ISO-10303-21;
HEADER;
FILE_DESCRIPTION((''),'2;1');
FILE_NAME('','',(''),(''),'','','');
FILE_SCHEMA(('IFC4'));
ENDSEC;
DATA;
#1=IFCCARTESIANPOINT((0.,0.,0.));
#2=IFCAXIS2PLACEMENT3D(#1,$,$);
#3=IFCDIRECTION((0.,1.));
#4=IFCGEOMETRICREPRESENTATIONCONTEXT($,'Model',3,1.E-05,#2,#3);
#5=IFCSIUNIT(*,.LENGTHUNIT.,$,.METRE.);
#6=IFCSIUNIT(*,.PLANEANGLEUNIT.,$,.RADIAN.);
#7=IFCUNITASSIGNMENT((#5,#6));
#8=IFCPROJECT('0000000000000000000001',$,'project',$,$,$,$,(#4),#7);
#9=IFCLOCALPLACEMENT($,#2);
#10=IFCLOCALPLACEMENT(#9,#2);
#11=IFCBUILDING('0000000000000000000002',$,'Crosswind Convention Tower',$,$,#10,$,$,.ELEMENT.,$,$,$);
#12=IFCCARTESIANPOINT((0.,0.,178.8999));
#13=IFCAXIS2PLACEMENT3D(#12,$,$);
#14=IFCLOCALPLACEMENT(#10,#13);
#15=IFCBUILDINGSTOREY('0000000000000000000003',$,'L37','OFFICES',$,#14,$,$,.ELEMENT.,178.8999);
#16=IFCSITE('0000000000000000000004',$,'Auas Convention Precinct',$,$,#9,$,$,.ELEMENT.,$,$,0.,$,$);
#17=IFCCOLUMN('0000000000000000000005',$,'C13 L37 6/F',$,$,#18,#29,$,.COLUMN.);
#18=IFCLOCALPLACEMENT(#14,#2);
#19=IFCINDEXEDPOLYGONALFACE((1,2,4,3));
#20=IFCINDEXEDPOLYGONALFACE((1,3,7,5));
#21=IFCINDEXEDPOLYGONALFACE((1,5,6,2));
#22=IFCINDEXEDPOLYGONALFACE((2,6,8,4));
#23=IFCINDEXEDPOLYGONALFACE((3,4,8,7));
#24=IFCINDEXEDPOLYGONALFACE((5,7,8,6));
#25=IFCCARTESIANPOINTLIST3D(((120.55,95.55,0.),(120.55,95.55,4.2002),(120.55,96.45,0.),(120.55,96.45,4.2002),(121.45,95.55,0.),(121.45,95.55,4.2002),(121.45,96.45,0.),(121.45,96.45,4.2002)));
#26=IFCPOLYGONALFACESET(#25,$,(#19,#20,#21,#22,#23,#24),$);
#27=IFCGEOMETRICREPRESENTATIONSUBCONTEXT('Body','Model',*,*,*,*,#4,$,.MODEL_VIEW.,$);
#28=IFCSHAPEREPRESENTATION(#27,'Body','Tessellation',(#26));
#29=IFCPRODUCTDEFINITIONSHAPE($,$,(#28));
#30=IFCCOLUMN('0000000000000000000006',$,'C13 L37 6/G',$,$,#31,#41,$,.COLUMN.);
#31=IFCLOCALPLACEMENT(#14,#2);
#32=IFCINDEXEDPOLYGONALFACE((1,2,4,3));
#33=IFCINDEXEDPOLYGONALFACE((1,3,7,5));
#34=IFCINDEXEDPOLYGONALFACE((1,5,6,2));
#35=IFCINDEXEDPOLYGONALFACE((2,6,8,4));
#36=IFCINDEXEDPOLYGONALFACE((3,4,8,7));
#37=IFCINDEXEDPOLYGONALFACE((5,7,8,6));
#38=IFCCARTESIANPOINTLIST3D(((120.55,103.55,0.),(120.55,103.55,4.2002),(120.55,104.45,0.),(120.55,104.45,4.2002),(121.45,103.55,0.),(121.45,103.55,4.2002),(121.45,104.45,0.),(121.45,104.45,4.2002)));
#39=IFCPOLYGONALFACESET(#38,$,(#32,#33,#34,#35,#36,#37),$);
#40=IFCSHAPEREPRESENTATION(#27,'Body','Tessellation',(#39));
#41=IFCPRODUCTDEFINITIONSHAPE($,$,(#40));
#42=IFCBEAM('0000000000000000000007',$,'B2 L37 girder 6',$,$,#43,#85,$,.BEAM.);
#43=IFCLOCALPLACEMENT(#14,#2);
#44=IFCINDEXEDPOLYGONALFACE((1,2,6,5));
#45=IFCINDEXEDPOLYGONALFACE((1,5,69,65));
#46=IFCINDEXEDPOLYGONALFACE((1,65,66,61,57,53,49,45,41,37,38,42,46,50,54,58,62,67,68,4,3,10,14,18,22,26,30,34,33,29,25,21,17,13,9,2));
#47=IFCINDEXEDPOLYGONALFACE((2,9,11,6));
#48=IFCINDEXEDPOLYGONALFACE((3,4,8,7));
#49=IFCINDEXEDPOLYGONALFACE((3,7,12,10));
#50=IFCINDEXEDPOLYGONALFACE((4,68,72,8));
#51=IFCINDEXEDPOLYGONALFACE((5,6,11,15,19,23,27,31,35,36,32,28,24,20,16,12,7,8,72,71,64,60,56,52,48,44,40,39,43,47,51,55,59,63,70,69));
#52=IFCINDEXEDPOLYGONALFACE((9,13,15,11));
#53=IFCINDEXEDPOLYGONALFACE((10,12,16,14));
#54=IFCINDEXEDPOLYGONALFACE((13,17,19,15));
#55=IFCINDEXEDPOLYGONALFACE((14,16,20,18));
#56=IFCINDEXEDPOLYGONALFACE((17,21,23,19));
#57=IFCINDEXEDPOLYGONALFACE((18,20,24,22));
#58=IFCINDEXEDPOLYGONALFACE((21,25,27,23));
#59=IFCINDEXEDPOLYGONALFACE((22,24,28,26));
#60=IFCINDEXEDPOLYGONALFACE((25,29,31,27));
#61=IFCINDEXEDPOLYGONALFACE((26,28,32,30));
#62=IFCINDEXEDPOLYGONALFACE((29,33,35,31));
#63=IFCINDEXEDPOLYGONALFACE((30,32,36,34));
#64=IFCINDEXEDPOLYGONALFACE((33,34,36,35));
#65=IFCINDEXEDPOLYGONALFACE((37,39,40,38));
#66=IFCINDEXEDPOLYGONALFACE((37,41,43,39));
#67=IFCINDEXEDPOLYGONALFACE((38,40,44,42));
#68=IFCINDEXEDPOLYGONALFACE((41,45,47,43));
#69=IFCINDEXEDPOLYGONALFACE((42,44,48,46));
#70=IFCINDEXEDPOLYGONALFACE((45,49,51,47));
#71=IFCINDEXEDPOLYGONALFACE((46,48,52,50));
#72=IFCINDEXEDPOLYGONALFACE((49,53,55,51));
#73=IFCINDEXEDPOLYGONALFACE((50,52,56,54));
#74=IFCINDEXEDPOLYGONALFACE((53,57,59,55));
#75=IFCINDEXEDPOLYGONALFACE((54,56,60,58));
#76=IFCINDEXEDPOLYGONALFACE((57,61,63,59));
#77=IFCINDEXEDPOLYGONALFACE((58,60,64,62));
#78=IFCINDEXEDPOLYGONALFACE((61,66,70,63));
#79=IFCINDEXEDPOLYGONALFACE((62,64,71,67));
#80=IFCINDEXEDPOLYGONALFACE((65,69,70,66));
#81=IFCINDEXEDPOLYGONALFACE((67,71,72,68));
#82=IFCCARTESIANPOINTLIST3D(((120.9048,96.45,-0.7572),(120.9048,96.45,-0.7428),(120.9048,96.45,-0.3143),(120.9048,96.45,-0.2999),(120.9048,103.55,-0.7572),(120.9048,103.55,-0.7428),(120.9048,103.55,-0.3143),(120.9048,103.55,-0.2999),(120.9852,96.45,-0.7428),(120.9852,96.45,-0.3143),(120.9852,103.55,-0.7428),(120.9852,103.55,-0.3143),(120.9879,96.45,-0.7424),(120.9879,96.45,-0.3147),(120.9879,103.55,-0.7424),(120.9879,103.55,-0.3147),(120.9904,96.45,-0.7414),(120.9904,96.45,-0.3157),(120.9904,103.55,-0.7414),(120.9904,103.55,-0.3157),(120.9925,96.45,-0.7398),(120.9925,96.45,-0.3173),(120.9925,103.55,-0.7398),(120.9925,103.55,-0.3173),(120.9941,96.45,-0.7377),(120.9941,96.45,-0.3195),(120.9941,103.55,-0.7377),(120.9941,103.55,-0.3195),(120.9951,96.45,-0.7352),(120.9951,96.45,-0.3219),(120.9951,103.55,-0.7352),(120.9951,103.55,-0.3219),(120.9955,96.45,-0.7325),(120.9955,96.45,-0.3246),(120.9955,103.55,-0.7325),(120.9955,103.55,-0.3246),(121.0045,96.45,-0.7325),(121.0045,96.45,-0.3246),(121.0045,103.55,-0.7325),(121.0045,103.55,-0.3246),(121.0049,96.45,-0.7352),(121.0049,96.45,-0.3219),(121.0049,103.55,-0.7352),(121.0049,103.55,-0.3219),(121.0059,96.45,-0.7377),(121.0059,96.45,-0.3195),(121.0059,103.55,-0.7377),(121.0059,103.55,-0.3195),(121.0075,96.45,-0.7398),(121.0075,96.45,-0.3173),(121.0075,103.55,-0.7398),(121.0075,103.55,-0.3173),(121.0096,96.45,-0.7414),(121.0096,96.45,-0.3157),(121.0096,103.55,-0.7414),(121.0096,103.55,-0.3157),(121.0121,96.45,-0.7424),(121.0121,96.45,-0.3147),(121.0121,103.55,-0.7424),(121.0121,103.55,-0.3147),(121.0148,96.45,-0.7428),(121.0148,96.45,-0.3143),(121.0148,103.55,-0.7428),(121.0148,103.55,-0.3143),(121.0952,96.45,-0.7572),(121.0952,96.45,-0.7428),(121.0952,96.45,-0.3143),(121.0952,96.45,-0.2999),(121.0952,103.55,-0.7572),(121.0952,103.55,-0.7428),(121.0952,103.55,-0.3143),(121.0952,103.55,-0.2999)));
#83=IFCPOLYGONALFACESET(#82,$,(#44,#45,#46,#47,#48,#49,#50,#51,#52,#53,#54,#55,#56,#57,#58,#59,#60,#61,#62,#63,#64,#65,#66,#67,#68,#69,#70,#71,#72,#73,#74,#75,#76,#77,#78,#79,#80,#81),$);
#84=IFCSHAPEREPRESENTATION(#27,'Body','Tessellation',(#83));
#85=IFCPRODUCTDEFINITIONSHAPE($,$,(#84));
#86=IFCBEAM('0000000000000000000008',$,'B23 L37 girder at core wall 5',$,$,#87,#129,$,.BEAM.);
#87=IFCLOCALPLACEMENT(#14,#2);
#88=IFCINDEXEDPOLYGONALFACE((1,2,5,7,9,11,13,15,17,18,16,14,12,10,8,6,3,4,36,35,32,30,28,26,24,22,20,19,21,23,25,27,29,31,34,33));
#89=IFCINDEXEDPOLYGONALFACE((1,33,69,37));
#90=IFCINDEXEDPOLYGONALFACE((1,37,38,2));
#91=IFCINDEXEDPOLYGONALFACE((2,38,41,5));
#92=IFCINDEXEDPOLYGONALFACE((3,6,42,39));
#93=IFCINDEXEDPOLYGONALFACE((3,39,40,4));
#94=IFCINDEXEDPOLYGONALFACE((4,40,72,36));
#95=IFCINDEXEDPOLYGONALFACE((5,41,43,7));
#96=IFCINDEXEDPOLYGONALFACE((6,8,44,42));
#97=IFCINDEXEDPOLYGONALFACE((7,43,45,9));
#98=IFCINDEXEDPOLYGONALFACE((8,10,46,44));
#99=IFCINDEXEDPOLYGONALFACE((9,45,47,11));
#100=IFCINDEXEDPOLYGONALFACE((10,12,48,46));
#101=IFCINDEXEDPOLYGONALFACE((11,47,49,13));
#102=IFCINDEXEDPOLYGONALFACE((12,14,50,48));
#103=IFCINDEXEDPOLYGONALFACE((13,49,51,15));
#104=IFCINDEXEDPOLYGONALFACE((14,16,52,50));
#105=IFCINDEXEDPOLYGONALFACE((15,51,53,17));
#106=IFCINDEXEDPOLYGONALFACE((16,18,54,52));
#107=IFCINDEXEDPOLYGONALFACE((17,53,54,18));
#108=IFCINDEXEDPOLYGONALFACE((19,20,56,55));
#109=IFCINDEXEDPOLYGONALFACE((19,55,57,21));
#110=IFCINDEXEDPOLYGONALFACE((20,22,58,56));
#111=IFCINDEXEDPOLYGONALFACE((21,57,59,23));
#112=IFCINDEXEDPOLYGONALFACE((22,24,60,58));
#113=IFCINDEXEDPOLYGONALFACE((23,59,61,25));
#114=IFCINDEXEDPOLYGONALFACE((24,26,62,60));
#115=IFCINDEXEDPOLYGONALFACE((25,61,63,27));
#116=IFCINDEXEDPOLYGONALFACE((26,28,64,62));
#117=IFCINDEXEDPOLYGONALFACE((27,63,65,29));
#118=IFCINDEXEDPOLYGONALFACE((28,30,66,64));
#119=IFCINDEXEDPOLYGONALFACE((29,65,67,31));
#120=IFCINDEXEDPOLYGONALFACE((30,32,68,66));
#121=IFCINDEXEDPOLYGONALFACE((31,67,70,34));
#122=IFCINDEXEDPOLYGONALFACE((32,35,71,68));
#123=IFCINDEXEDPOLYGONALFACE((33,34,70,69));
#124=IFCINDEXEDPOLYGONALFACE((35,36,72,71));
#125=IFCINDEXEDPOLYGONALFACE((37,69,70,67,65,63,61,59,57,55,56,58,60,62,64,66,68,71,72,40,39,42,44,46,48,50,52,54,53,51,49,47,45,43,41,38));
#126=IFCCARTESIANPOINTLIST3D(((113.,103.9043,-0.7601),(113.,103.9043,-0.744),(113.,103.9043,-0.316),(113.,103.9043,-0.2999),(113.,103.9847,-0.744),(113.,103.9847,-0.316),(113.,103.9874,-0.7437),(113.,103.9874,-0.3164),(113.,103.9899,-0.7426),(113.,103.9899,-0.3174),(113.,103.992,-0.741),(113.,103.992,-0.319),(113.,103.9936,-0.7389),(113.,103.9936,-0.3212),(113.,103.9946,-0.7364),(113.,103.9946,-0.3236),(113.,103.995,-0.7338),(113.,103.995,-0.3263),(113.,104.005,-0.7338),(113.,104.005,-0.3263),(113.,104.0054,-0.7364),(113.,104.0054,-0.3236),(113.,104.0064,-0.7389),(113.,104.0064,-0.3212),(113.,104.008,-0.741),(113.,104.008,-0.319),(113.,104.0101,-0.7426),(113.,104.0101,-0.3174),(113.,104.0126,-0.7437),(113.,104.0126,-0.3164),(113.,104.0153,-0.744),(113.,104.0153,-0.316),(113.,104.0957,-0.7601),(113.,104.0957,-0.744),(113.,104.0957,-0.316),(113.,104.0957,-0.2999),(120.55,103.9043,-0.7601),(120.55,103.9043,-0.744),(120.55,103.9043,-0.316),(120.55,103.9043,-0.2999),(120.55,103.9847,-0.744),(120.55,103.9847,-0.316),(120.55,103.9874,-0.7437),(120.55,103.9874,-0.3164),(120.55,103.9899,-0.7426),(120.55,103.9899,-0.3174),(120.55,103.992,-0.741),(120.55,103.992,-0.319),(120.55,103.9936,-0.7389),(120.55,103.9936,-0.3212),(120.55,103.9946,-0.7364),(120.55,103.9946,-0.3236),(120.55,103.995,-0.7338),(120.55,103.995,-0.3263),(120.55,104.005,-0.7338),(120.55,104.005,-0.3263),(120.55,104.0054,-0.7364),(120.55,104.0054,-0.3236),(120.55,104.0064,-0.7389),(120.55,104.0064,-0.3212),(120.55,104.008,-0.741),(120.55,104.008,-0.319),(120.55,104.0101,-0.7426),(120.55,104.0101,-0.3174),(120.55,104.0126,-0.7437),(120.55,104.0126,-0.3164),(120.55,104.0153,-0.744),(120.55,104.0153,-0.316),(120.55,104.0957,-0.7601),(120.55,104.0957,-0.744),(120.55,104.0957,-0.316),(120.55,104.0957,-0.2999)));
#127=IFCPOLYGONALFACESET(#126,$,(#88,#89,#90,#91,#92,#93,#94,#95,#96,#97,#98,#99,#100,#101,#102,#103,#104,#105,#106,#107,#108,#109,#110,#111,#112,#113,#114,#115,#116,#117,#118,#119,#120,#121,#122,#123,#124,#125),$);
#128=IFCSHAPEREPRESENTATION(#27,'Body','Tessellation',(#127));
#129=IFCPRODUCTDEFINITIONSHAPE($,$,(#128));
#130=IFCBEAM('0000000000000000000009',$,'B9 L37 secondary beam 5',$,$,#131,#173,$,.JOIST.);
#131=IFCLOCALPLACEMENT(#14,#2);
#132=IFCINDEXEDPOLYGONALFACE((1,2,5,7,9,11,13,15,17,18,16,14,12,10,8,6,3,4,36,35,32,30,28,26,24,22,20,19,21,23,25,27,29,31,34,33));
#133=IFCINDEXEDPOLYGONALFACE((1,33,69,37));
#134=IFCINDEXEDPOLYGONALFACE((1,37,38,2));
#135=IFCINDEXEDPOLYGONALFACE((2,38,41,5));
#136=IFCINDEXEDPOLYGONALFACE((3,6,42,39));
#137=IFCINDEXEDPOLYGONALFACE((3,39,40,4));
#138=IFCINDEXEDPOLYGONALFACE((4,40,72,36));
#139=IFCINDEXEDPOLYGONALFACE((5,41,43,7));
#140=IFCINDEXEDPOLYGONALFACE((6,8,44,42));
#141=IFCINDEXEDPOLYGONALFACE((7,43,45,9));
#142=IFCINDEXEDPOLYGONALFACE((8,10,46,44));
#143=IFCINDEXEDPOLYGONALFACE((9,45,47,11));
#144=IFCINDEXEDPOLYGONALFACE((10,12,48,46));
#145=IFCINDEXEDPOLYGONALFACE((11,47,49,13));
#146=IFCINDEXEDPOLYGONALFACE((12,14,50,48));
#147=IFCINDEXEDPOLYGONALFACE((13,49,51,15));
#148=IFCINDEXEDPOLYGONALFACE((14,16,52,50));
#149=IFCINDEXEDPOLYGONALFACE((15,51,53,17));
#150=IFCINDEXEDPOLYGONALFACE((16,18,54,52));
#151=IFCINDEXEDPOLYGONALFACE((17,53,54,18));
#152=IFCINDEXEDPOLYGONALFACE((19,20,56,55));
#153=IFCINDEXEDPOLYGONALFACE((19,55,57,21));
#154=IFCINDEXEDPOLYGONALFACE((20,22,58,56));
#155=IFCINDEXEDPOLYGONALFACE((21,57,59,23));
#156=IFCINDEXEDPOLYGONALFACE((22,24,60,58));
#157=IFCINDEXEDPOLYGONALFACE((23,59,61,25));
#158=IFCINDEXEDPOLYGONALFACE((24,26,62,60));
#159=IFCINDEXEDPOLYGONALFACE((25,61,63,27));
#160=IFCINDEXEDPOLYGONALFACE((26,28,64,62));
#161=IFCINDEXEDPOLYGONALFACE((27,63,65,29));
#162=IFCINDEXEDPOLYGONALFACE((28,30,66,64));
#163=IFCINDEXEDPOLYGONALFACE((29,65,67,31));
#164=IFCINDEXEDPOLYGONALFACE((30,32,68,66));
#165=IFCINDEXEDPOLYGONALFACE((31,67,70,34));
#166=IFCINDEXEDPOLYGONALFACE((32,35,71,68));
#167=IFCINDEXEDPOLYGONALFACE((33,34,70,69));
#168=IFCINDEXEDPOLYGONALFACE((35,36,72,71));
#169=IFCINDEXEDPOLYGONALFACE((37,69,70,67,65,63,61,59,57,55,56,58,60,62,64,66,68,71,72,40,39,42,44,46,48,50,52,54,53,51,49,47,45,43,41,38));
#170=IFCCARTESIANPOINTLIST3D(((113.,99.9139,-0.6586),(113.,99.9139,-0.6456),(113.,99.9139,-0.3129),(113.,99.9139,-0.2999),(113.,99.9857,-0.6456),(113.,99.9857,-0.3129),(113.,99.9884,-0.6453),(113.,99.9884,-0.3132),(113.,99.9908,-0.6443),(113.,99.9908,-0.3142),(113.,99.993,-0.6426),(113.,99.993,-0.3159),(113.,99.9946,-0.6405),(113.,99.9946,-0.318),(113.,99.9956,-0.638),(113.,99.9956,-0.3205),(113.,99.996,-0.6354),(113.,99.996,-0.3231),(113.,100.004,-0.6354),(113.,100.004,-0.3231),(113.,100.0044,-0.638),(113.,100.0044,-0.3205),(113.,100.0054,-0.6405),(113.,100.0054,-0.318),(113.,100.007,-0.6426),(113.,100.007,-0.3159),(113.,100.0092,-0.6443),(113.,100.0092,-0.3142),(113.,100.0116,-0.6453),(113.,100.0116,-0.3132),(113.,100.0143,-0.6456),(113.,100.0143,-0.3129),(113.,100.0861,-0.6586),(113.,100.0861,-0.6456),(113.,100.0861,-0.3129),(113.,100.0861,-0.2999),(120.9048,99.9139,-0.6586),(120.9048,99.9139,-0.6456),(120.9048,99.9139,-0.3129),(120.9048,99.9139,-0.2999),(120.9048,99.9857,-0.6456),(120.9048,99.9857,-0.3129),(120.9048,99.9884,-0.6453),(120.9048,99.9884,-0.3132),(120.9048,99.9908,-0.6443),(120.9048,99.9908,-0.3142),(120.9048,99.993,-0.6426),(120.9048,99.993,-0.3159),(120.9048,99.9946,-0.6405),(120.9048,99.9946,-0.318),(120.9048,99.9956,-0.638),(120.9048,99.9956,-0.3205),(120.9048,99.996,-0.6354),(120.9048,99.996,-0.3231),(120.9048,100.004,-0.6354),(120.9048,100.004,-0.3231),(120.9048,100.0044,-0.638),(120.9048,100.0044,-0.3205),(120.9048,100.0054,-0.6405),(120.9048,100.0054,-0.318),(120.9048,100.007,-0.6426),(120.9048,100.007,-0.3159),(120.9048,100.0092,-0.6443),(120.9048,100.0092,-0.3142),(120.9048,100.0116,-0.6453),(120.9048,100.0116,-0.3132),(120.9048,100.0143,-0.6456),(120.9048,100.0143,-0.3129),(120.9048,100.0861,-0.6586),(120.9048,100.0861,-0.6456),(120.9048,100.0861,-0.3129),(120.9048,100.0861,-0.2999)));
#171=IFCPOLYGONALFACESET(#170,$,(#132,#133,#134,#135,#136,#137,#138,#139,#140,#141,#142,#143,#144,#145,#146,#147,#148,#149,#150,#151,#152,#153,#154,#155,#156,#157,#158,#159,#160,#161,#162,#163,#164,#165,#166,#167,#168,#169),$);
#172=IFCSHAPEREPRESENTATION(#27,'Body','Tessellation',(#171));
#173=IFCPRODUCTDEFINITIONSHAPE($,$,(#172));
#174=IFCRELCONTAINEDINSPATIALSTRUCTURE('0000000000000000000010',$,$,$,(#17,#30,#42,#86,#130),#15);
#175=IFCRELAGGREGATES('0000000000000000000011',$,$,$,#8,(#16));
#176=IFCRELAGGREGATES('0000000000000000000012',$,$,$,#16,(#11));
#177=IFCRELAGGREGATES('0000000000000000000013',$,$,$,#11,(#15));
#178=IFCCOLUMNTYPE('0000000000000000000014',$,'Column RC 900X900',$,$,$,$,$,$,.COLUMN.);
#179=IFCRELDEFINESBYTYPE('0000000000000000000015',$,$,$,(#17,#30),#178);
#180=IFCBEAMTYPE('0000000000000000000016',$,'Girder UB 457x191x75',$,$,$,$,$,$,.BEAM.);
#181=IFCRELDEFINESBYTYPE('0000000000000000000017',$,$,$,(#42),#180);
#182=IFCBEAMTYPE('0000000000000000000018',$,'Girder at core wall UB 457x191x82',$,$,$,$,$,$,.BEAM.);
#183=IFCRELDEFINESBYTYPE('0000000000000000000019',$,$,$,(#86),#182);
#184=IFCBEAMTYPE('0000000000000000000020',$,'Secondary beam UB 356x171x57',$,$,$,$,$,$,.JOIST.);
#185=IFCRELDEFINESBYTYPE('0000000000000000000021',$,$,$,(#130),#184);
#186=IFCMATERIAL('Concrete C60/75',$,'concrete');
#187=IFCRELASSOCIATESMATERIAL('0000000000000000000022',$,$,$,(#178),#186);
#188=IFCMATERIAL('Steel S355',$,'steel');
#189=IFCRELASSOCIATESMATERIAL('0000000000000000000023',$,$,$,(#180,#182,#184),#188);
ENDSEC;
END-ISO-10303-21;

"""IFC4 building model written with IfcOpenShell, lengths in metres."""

from ifc_helpers import new_model, si_unit, direction, frame, origin, origin_2d, place, context, subcontext, project, spatial, rectangle, i_section, extrude, material, material_profile, profile_set, type_object, element, save


model = new_model("IFC4")

# Units and contexts
model_context = context("Model", 3, precision=1e-05, world=origin(), true_north=direction((0.0, 1.0)))
body_context = subcontext(model_context, "Body", "Model", "MODEL_VIEW")
ifc_project = project(units=[si_unit("LENGTHUNIT", "METRE"), si_unit("PLANEANGLEUNIT", "RADIAN")], contexts=[model_context])

# Site, building, storey
site_placement = place(None, origin())
site = spatial("IfcSite", under=ifc_project, at=site_placement, Name="Auas Convention Precinct", CompositionType="ELEMENT", RefElevation=0.0)
building_placement = place(site_placement, origin())
building = spatial("IfcBuilding", under=site, at=building_placement, Name="Crosswind Convention Tower", CompositionType="ELEMENT")
storey_placement = place(building_placement, frame((0.0, 0.0, 178.8999)))
storey = spatial("IfcBuildingStorey", under=building, at=storey_placement, Name="L37", Description="OFFICES", CompositionType="ELEMENT", Elevation=178.8999)

# Columns
ifc_material_1 = material(Name="Concrete C60/75", Category="concrete")
ifc_material_profile_1 = material_profile(ifc_material_1, rectangle(XDim=0.8999, YDim=0.8999, at=origin_2d()), Name="RC 900X900")
ifc_profile_set_1 = profile_set([ifc_material_profile_1], Name="Concrete C60/75")
column_type = type_object("IfcColumnType", Name="Column RC 900X900", PredefinedType="COLUMN", material=ifc_profile_set_1)
for number, where, z_axis, x_axis, name in (
    (1, (121.0, 96.0, 0.0), (0.0, 0.0, 1.0), (1.0, 0.0, 0.0), "C13 L37 6/F"),
    (2, (121.0, 104.0, 0.0), (0.0, 0.0, 1.0), (1.0, 0.0, 0.0), "C13 L37 6/G"),
):
    element("IfcColumn", number, at=place(storey_placement, frame(where, z_axis=z_axis, x_axis=x_axis)), inside=storey, type_object=column_type, Name=name, PredefinedType="COLUMN", context=body_context, shape_type="SweptSolid", body=[
        extrude(rectangle(XDim=0.8999, YDim=0.8999, at=origin_2d()), origin(), (0.0, 0.0, 1.0), 4.2002),
    ])

# Beams
ifc_material_2 = material(Name="Steel S355", Category="steel")
ifc_material_profile_2 = material_profile(ifc_material_2, i_section(OverallWidth=0.1904, OverallDepth=0.4573, WebThickness=0.009, FlangeThickness=0.0144, FilletRadius=0.0103, at=origin_2d()), Name="UB 457x191x75")
ifc_profile_set_2 = profile_set([ifc_material_profile_2], Name="Steel S355")
beam_type_1 = type_object("IfcBeamType", Name="Girder UB 457x191x75", PredefinedType="BEAM", material=ifc_profile_set_2)
beam_1_placement = place(storey_placement, frame((121.0, 96.45, -0.5286), z_axis=(0.0, 1.0, 0.0), x_axis=(-1.0, 0.0, 0.0)))
element("IfcBeam", 3, at=beam_1_placement, inside=storey, type_object=beam_type_1, Name="B2 L37 girder 6", PredefinedType="BEAM", context=body_context, shape_type="SweptSolid", body=[
    extrude(i_section(OverallWidth=0.1904, OverallDepth=0.4573, WebThickness=0.009, FlangeThickness=0.0144, FilletRadius=0.0103, at=origin_2d()), origin(), (0.0, 0.0, 1.0), 7.1001),
])
ifc_material_profile_3 = material_profile(ifc_material_2, i_section(OverallWidth=0.1914, OverallDepth=0.4602, WebThickness=0.01, FlangeThickness=0.0161, FilletRadius=0.0103, at=origin_2d()), Name="UB 457x191x82")
ifc_profile_set_3 = profile_set([ifc_material_profile_3], Name="Steel S355")
beam_type_2 = type_object("IfcBeamType", Name="Girder at core wall UB 457x191x82", PredefinedType="BEAM", material=ifc_profile_set_3)
beam_2_placement = place(storey_placement, frame((113.0, 104.0, -0.53), z_axis=(1.0, 0.0, 0.0), x_axis=(0.0, 1.0, 0.0)))
element("IfcBeam", 4, at=beam_2_placement, inside=storey, type_object=beam_type_2, Name="B23 L37 girder at core wall 5", PredefinedType="BEAM", context=body_context, shape_type="SweptSolid", body=[
    extrude(i_section(OverallWidth=0.1914, OverallDepth=0.4602, WebThickness=0.01, FlangeThickness=0.0161, FilletRadius=0.0103, at=origin_2d()), origin(), (0.0, 0.0, 1.0), 7.55),
])
ifc_material_profile_4 = material_profile(ifc_material_2, i_section(OverallWidth=0.1721, OverallDepth=0.3586, WebThickness=0.0081, FlangeThickness=0.0129, FilletRadius=0.0103, at=origin_2d()), Name="UB 356x171x57")
ifc_profile_set_4 = profile_set([ifc_material_profile_4], Name="Steel S355")
beam_type_3 = type_object("IfcBeamType", Name="Secondary beam UB 356x171x57", PredefinedType="JOIST", material=ifc_profile_set_4)
beam_3_placement = place(storey_placement, frame((113.0, 100.0, -0.4792), z_axis=(1.0, 0.0, 0.0), x_axis=(0.0, 1.0, 0.0)))
element("IfcBeam", 5, at=beam_3_placement, inside=storey, type_object=beam_type_3, Name="B9 L37 secondary beam 5", PredefinedType="JOIST", context=body_context, shape_type="SweptSolid", body=[
    extrude(i_section(OverallWidth=0.1721, OverallDepth=0.3586, WebThickness=0.0081, FlangeThickness=0.0129, FilletRadius=0.0103, at=origin_2d()), origin(), (0.0, 0.0, 1.0), 7.9048),
])

save(model, "model.ifc")
